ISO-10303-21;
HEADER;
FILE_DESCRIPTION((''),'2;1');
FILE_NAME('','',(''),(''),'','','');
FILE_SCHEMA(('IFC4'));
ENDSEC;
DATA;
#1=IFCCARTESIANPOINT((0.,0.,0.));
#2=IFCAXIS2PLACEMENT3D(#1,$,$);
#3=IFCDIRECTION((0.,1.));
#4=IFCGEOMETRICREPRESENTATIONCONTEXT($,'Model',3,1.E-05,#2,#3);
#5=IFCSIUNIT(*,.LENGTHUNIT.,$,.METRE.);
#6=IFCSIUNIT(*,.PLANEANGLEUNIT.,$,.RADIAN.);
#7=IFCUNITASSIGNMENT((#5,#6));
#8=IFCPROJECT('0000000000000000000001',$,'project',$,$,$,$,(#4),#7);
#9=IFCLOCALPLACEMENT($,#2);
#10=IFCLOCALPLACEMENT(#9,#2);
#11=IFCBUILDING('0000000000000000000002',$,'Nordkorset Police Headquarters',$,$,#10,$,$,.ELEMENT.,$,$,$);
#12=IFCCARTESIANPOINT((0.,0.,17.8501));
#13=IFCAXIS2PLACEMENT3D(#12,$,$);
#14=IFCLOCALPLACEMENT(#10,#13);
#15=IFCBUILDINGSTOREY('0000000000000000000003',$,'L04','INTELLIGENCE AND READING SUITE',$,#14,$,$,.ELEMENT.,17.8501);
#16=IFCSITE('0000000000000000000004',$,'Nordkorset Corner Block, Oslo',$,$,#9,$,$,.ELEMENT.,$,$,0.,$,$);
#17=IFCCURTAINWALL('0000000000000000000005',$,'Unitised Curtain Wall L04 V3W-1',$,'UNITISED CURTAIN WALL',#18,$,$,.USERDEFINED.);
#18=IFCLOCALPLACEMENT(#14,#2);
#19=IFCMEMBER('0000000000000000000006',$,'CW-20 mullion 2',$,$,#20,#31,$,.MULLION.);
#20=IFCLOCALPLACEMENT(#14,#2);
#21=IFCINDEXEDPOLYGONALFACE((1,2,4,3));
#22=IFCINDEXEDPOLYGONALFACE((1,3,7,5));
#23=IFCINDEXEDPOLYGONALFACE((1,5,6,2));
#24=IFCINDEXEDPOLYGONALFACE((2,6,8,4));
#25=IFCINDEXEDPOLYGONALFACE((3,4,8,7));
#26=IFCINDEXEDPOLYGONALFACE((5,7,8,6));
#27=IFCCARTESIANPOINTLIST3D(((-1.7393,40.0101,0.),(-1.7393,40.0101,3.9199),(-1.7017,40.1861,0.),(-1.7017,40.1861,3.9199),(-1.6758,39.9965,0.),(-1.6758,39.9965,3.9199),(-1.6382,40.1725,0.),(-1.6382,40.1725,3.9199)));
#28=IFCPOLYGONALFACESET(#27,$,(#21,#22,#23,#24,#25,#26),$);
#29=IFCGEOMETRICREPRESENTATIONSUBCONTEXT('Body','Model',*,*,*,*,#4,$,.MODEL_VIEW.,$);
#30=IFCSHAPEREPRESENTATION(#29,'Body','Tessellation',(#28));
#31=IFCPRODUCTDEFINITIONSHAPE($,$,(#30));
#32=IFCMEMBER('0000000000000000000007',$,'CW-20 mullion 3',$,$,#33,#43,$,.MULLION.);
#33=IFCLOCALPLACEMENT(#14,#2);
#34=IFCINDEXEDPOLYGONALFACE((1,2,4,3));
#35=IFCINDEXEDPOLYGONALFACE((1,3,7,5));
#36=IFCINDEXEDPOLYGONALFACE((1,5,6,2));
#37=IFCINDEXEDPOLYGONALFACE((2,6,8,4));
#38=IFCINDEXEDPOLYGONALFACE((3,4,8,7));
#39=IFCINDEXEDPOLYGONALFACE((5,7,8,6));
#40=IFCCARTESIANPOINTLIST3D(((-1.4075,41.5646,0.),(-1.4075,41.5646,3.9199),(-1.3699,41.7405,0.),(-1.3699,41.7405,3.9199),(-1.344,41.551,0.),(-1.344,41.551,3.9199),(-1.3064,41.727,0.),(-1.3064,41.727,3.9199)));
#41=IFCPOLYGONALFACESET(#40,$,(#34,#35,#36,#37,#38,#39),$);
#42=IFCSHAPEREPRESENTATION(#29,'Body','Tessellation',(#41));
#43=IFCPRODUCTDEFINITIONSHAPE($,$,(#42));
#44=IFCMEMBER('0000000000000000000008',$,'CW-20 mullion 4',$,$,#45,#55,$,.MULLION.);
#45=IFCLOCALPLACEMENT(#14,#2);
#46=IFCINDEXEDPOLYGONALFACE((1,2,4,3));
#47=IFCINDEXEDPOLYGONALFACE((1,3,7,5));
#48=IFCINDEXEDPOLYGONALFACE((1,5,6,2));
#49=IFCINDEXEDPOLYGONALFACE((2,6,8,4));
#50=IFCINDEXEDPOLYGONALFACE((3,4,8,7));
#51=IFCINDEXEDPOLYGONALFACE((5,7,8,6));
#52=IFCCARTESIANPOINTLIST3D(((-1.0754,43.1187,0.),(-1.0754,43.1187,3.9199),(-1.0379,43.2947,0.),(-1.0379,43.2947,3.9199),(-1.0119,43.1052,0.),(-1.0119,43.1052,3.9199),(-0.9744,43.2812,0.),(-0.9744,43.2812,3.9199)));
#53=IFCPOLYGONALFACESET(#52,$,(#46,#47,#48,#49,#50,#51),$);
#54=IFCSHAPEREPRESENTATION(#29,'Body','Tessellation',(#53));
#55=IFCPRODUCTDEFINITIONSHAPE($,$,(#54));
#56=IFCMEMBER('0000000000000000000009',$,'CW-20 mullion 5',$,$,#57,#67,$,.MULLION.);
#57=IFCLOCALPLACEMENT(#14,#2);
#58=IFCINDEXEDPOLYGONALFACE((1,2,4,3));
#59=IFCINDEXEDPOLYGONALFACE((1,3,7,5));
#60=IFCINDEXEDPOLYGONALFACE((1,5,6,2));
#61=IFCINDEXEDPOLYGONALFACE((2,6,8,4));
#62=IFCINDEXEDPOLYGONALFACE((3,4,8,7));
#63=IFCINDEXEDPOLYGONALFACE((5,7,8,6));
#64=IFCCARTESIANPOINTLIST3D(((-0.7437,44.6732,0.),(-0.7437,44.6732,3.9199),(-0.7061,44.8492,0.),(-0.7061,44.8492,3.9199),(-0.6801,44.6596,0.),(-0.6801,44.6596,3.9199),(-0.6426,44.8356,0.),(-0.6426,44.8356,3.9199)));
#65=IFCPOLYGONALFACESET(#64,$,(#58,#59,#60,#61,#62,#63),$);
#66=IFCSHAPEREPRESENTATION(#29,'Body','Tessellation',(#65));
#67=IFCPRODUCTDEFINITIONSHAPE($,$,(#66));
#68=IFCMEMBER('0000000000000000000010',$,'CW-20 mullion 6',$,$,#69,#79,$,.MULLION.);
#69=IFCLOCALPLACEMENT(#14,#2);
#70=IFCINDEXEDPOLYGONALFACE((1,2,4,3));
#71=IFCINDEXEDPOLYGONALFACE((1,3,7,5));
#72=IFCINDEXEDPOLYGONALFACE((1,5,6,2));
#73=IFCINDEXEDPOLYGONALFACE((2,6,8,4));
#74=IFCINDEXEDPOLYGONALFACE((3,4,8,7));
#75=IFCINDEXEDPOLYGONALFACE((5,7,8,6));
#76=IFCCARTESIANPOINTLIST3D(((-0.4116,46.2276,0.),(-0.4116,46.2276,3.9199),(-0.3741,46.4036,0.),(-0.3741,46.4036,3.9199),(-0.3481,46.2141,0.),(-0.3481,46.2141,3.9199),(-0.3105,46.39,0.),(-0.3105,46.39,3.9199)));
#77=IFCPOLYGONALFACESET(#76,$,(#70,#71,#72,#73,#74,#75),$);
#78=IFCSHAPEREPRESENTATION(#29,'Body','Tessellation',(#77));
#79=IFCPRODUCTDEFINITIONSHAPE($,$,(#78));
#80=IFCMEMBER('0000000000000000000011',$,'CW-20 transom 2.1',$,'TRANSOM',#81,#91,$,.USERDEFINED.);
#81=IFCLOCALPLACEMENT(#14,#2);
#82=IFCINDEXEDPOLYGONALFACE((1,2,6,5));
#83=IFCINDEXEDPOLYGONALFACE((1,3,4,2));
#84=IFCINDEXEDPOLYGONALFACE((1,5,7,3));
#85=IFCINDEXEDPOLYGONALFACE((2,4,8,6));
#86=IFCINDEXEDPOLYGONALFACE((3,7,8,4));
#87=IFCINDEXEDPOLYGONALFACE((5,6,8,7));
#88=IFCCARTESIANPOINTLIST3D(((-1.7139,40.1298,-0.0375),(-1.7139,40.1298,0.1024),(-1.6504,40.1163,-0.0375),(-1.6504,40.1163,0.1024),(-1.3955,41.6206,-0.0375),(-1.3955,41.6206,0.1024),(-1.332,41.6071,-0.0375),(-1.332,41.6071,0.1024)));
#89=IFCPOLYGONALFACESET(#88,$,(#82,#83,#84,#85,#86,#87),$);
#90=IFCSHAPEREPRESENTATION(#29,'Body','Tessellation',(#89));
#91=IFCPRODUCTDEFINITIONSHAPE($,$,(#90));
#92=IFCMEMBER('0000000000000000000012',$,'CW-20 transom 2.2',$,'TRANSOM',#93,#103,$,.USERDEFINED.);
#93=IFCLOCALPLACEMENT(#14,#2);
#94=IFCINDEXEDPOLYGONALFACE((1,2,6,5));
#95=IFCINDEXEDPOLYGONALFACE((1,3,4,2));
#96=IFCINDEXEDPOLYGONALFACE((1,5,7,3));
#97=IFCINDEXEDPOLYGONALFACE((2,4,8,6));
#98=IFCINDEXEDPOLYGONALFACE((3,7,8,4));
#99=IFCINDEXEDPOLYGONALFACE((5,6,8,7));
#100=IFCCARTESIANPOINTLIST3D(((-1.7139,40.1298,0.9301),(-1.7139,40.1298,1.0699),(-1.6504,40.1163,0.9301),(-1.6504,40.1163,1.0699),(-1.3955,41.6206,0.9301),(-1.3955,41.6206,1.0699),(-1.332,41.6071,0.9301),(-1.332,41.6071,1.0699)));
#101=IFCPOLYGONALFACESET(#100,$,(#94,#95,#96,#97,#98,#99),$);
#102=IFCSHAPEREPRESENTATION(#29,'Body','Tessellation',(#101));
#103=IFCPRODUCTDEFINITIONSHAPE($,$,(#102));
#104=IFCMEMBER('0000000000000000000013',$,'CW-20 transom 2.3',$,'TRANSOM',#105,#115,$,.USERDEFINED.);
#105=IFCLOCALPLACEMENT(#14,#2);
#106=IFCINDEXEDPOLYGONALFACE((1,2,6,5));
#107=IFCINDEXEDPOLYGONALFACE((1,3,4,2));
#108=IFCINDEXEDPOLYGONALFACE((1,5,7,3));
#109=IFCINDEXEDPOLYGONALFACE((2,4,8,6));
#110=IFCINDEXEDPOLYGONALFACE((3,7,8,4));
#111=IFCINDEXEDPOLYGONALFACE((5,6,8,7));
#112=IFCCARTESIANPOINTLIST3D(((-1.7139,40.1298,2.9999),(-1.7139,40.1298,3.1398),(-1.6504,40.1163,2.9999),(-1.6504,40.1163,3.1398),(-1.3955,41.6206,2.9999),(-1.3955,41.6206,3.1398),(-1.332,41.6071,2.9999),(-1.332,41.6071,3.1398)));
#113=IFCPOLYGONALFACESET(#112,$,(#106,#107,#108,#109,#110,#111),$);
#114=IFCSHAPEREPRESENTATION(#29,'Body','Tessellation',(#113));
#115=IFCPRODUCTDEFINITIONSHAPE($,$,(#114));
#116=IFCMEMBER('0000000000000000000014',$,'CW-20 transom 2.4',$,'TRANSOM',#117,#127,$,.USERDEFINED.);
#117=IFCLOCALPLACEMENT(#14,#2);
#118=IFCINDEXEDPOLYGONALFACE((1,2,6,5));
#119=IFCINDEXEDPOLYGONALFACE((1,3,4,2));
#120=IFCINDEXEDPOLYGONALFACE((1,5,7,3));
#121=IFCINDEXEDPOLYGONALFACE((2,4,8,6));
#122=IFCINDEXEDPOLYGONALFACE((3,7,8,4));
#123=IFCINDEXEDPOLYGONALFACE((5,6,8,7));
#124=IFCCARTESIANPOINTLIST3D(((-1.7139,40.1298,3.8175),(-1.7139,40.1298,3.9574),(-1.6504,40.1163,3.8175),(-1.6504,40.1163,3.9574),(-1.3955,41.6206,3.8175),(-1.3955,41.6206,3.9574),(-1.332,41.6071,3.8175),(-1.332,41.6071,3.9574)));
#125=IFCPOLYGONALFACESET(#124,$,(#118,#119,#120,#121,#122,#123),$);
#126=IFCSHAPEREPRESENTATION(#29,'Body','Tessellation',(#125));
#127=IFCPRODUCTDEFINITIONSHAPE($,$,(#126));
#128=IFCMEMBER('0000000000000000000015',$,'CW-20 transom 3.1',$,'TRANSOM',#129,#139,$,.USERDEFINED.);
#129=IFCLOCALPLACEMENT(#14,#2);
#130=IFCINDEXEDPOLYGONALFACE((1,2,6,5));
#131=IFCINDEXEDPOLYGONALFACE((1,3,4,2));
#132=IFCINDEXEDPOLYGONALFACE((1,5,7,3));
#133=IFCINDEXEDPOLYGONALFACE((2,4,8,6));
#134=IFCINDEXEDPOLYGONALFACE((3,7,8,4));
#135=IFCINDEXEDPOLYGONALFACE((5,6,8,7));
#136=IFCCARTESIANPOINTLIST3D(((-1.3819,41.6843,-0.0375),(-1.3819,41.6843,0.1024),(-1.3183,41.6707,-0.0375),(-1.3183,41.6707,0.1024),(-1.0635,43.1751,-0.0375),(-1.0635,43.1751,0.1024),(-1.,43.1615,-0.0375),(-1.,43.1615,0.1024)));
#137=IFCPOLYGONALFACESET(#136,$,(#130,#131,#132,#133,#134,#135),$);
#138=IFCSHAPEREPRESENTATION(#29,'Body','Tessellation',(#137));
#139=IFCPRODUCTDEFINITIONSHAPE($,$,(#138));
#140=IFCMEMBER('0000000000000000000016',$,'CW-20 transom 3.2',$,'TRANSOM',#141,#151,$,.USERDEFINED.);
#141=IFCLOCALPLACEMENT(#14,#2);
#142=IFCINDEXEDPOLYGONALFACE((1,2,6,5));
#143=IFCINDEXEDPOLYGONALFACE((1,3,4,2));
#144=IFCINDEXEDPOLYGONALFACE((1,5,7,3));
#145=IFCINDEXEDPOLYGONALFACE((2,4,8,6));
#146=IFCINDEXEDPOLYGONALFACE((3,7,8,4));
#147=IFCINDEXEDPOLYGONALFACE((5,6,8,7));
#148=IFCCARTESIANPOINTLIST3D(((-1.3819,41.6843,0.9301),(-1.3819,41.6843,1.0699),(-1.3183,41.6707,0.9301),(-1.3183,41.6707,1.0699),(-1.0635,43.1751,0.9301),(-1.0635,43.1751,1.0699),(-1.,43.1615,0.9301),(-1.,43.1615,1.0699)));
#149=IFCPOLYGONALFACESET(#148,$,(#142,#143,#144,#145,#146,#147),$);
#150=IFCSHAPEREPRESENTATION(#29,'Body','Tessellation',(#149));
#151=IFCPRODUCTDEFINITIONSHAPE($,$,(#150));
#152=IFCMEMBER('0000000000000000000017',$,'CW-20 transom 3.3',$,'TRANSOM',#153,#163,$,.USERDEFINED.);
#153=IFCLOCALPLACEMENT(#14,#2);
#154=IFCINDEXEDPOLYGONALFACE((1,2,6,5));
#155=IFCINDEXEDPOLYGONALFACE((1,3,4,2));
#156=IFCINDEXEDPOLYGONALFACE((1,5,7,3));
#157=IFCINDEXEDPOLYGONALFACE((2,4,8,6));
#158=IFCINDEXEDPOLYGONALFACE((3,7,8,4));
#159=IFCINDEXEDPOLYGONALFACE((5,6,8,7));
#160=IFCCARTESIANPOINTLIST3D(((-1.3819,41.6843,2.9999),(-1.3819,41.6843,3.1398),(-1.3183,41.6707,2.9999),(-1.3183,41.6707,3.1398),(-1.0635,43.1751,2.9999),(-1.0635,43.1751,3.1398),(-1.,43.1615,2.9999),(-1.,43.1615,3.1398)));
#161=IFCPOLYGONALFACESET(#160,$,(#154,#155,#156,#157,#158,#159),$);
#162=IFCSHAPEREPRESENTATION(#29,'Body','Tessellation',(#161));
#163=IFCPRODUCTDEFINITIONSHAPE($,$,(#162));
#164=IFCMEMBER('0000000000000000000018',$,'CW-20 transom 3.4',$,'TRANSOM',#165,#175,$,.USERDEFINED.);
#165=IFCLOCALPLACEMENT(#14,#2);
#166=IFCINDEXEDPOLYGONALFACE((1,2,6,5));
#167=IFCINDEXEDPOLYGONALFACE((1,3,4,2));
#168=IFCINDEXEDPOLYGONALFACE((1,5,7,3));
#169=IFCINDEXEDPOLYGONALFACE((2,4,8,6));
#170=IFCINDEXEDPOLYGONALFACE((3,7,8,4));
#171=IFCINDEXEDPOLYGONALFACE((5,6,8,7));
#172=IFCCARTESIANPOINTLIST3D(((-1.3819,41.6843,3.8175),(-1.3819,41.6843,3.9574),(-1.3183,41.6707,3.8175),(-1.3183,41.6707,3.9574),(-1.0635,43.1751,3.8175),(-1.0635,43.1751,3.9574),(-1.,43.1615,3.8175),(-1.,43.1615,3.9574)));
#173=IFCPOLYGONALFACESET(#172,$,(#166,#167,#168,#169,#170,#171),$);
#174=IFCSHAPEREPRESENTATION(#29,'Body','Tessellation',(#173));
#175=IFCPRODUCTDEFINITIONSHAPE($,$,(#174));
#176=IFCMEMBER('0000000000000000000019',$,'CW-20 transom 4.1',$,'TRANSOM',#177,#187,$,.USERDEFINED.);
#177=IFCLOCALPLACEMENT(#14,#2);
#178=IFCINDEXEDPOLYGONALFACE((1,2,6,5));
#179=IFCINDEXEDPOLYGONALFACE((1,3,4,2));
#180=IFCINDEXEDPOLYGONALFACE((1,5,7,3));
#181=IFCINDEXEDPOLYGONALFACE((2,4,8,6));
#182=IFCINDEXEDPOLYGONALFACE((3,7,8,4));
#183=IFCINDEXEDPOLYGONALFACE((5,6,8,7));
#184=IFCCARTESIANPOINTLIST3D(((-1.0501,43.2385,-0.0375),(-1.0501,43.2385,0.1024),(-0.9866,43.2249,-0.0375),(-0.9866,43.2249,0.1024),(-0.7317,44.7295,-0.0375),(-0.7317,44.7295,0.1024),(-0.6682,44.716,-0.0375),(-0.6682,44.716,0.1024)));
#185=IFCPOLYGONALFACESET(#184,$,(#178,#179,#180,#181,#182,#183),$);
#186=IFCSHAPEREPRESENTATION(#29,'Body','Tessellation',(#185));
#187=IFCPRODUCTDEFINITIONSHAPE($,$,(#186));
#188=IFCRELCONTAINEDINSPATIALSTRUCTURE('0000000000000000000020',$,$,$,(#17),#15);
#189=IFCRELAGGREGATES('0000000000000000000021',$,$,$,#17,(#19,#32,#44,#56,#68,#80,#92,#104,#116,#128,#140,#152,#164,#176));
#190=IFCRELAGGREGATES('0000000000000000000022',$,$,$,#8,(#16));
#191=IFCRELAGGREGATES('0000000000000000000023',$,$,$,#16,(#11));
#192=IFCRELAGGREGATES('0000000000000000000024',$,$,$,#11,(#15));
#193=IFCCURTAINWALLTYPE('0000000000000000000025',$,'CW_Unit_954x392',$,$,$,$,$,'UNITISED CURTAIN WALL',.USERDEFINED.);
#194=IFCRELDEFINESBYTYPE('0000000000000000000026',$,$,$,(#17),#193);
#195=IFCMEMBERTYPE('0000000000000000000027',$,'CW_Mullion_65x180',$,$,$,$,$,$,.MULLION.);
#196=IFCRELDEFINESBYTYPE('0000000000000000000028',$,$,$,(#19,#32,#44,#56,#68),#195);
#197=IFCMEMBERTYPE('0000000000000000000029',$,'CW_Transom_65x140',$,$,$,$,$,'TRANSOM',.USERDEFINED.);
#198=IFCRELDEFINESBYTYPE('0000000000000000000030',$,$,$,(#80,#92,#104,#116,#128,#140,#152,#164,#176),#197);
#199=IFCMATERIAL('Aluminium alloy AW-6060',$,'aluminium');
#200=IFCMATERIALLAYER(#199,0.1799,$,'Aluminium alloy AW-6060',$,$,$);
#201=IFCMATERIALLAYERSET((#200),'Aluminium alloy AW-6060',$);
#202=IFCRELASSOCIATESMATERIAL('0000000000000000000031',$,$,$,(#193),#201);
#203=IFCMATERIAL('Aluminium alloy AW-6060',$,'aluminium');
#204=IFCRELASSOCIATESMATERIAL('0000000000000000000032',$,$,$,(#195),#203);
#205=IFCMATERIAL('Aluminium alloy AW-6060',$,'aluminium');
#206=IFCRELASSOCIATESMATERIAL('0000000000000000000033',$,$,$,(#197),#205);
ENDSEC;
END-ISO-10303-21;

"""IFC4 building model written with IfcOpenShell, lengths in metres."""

from ifc_helpers import new_model, si_unit, direction, frame, origin, origin_2d, place, context, subcontext, project, spatial, rectangle, extrude, material, layer, layer_set, material_profile, profile_set, type_object, element, aggregate, save


model = new_model("IFC4")

# Units and contexts
model_context = context("Model", 3, precision=1e-05, world=origin(), true_north=direction((0.0, 1.0)))
body_context = subcontext(model_context, "Body", "Model", "MODEL_VIEW")
ifc_project = project(units=[si_unit("LENGTHUNIT", "METRE"), si_unit("PLANEANGLEUNIT", "RADIAN")], contexts=[model_context])

# Site, building, storey
site_placement = place(None, origin())
site = spatial("IfcSite", under=ifc_project, at=site_placement, Name="Nordkorset Corner Block, Oslo", CompositionType="ELEMENT", RefElevation=0.0)
building_placement = place(site_placement, origin())
building = spatial("IfcBuilding", under=site, at=building_placement, Name="Nordkorset Police Headquarters", CompositionType="ELEMENT")
storey_placement = place(building_placement, frame((0.0, 0.0, 17.8501)))
storey = spatial("IfcBuildingStorey", under=building, at=storey_placement, Name="L04", Description="INTELLIGENCE AND READING SUITE", CompositionType="ELEMENT", Elevation=17.8501)

# Curtain wall, members
ifc_material_1 = material(Name="Aluminium alloy AW-6060", Category="aluminium")
ifc_layer_1 = layer(ifc_material_1, 0.1799, Name="Aluminium alloy AW-6060")
ifc_layer_set_1 = layer_set([ifc_layer_1], Name="Aluminium alloy AW-6060")
curtain_wall_type = type_object("IfcCurtainWallType", Name="CW_Unit_954x392", ElementType="UNITISED CURTAIN WALL", PredefinedType="USERDEFINED", material=ifc_layer_set_1)
curtain_wall_placement = place(storey_placement, origin())
curtain_wall = element("IfcCurtainWall", 1, at=curtain_wall_placement, inside=storey, type_object=curtain_wall_type, Name="Unitised Curtain Wall L04 V3W-1", ObjectType="UNITISED CURTAIN WALL", PredefinedType="USERDEFINED")
ifc_material_2 = material(Name="Aluminium alloy AW-6060", Category="aluminium")
ifc_material_profile_1 = material_profile(ifc_material_2, rectangle(XDim=0.0649, YDim=0.1799, at=origin_2d()), Name="ALU MULL 65x180")
ifc_profile_set_1 = profile_set([ifc_material_profile_1], Name="Aluminium alloy AW-6060")
member_type_1 = type_object("IfcMemberType", Name="CW_Mullion_65x180", PredefinedType="MULLION", material=ifc_profile_set_1)
member_1_placement = place(storey_placement, frame((-1.6887, 40.0913, 0.0), z_axis=(0.0, 0.0, 1.0), x_axis=(-0.977951, 0.208833, 0.0)))
member_1 = element("IfcMember", 2, at=member_1_placement, type_object=member_type_1, Name="CW-20 mullion 2", PredefinedType="MULLION", context=body_context, shape_type="SweptSolid", body=[
    extrude(rectangle(XDim=0.0649, YDim=0.1799, at=origin_2d()), origin(), (0.0, 0.0, 1.0), 3.9199),
])
member_2_placement = place(storey_placement, frame((-1.3569, 41.6458, 0.0), z_axis=(0.0, 0.0, 1.0), x_axis=(-0.977951, 0.208833, 0.0)))
member_2 = element("IfcMember", 3, at=member_2_placement, type_object=member_type_1, Name="CW-20 mullion 3", PredefinedType="MULLION", context=body_context, shape_type="SweptSolid", body=[
    extrude(rectangle(XDim=0.0649, YDim=0.1799, at=origin_2d()), origin(), (0.0, 0.0, 1.0), 3.9199),
])
member_3_placement = place(storey_placement, frame((-1.0249, 43.2, 0.0), z_axis=(0.0, 0.0, 1.0), x_axis=(-0.977951, 0.208833, 0.0)))
member_3 = element("IfcMember", 4, at=member_3_placement, type_object=member_type_1, Name="CW-20 mullion 4", PredefinedType="MULLION", context=body_context, shape_type="SweptSolid", body=[
    extrude(rectangle(XDim=0.0649, YDim=0.1799, at=origin_2d()), origin(), (0.0, 0.0, 1.0), 3.9199),
])
member_4_placement = place(storey_placement, frame((-0.6931, 44.7544, 0.0), z_axis=(0.0, 0.0, 1.0), x_axis=(-0.977951, 0.208833, 0.0)))
member_4 = element("IfcMember", 5, at=member_4_placement, type_object=member_type_1, Name="CW-20 mullion 5", PredefinedType="MULLION", context=body_context, shape_type="SweptSolid", body=[
    extrude(rectangle(XDim=0.0649, YDim=0.1799, at=origin_2d()), origin(), (0.0, 0.0, 1.0), 3.9199),
])
member_5_placement = place(storey_placement, frame((-0.3611, 46.3088, 0.0), z_axis=(0.0, 0.0, 1.0), x_axis=(-0.977951, 0.208833, 0.0)))
member_5 = element("IfcMember", 6, at=member_5_placement, type_object=member_type_1, Name="CW-20 mullion 6", PredefinedType="MULLION", context=body_context, shape_type="SweptSolid", body=[
    extrude(rectangle(XDim=0.0649, YDim=0.1799, at=origin_2d()), origin(), (0.0, 0.0, 1.0), 3.9199),
])
ifc_material_3 = material(Name="Aluminium alloy AW-6060", Category="aluminium")
ifc_material_profile_2 = material_profile(ifc_material_3, rectangle(XDim=0.0649, YDim=0.1399, at=origin_2d()), Name="ALU TRAN 65x140")
ifc_profile_set_2 = profile_set([ifc_material_profile_2], Name="Aluminium alloy AW-6060")
member_type_2 = type_object("IfcMemberType", Name="CW_Transom_65x140", ElementType="TRANSOM", PredefinedType="USERDEFINED", material=ifc_profile_set_2)
member_6_placement = place(storey_placement, frame((-1.6821, 40.123, 0.0325), z_axis=(0.208851, 0.977947, 0.0), x_axis=(-0.977947, 0.208851, 0.0)))
member_6 = element("IfcMember", 7, at=member_6_placement, type_object=member_type_2, Name="CW-20 transom 2.1", ObjectType="TRANSOM", PredefinedType="USERDEFINED", context=body_context, shape_type="SweptSolid", body=[
    extrude(rectangle(XDim=0.0649, YDim=0.1399, at=origin_2d()), origin(), (0.0, 0.0, 1.0), 1.5244),
])
member_7_placement = place(storey_placement, frame((-1.6821, 40.123, 1.0), z_axis=(0.208851, 0.977947, 0.0), x_axis=(-0.977947, 0.208851, 0.0)))
member_7 = element("IfcMember", 8, at=member_7_placement, type_object=member_type_2, Name="CW-20 transom 2.2", ObjectType="TRANSOM", PredefinedType="USERDEFINED", context=body_context, shape_type="SweptSolid", body=[
    extrude(rectangle(XDim=0.0649, YDim=0.1399, at=origin_2d()), origin(), (0.0, 0.0, 1.0), 1.5244),
])
member_8_placement = place(storey_placement, frame((-1.6821, 40.123, 3.0698), z_axis=(0.208851, 0.977947, 0.0), x_axis=(-0.977947, 0.208851, 0.0)))
member_8 = element("IfcMember", 9, at=member_8_placement, type_object=member_type_2, Name="CW-20 transom 2.3", ObjectType="TRANSOM", PredefinedType="USERDEFINED", context=body_context, shape_type="SweptSolid", body=[
    extrude(rectangle(XDim=0.0649, YDim=0.1399, at=origin_2d()), origin(), (0.0, 0.0, 1.0), 1.5244),
])
member_9_placement = place(storey_placement, frame((-1.6821, 40.123, 3.8875), z_axis=(0.208851, 0.977947, 0.0), x_axis=(-0.977947, 0.208851, 0.0)))
member_9 = element("IfcMember", 10, at=member_9_placement, type_object=member_type_2, Name="CW-20 transom 2.4", ObjectType="TRANSOM", PredefinedType="USERDEFINED", context=body_context, shape_type="SweptSolid", body=[
    extrude(rectangle(XDim=0.0649, YDim=0.1399, at=origin_2d()), origin(), (0.0, 0.0, 1.0), 1.5244),
])
member_10_placement = place(storey_placement, frame((-1.3501, 41.6775, 0.0325), z_axis=(0.208851, 0.977947, 0.0), x_axis=(-0.977947, 0.208851, 0.0)))
member_10 = element("IfcMember", 11, at=member_10_placement, type_object=member_type_2, Name="CW-20 transom 3.1", ObjectType="TRANSOM", PredefinedType="USERDEFINED", context=body_context, shape_type="SweptSolid", body=[
    extrude(rectangle(XDim=0.0649, YDim=0.1399, at=origin_2d()), origin(), (0.0, 0.0, 1.0), 1.5244),
])
member_11_placement = place(storey_placement, frame((-1.3501, 41.6775, 1.0), z_axis=(0.208851, 0.977947, 0.0), x_axis=(-0.977947, 0.208851, 0.0)))
member_11 = element("IfcMember", 12, at=member_11_placement, type_object=member_type_2, Name="CW-20 transom 3.2", ObjectType="TRANSOM", PredefinedType="USERDEFINED", context=body_context, shape_type="SweptSolid", body=[
    extrude(rectangle(XDim=0.0649, YDim=0.1399, at=origin_2d()), origin(), (0.0, 0.0, 1.0), 1.5244),
])
member_12_placement = place(storey_placement, frame((-1.3501, 41.6775, 3.0698), z_axis=(0.208851, 0.977947, 0.0), x_axis=(-0.977947, 0.208851, 0.0)))
member_12 = element("IfcMember", 13, at=member_12_placement, type_object=member_type_2, Name="CW-20 transom 3.3", ObjectType="TRANSOM", PredefinedType="USERDEFINED", context=body_context, shape_type="SweptSolid", body=[
    extrude(rectangle(XDim=0.0649, YDim=0.1399, at=origin_2d()), origin(), (0.0, 0.0, 1.0), 1.5244),
])
member_13_placement = place(storey_placement, frame((-1.3501, 41.6775, 3.8875), z_axis=(0.208851, 0.977947, 0.0), x_axis=(-0.977947, 0.208851, 0.0)))
member_13 = element("IfcMember", 14, at=member_13_placement, type_object=member_type_2, Name="CW-20 transom 3.4", ObjectType="TRANSOM", PredefinedType="USERDEFINED", context=body_context, shape_type="SweptSolid", body=[
    extrude(rectangle(XDim=0.0649, YDim=0.1399, at=origin_2d()), origin(), (0.0, 0.0, 1.0), 1.5244),
])
member_14_placement = place(storey_placement, frame((-1.0183, 43.2317, 0.0325), z_axis=(0.208818, 0.977954, 0.0), x_axis=(-0.977954, 0.208818, 0.0)))
member_14 = element("IfcMember", 15, at=member_14_placement, type_object=member_type_2, Name="CW-20 transom 4.1", ObjectType="TRANSOM", PredefinedType="USERDEFINED", context=body_context, shape_type="SweptSolid", body=[
    extrude(rectangle(XDim=0.0649, YDim=0.1399, at=origin_2d()), origin(), (0.0, 0.0, 1.0), 1.5247),
])
aggregate(curtain_wall, [member_1, member_2, member_3, member_4, member_5, member_6, member_7, member_8, member_9, member_10, member_11, member_12, member_13, member_14])

save(model, "model.ifc")
